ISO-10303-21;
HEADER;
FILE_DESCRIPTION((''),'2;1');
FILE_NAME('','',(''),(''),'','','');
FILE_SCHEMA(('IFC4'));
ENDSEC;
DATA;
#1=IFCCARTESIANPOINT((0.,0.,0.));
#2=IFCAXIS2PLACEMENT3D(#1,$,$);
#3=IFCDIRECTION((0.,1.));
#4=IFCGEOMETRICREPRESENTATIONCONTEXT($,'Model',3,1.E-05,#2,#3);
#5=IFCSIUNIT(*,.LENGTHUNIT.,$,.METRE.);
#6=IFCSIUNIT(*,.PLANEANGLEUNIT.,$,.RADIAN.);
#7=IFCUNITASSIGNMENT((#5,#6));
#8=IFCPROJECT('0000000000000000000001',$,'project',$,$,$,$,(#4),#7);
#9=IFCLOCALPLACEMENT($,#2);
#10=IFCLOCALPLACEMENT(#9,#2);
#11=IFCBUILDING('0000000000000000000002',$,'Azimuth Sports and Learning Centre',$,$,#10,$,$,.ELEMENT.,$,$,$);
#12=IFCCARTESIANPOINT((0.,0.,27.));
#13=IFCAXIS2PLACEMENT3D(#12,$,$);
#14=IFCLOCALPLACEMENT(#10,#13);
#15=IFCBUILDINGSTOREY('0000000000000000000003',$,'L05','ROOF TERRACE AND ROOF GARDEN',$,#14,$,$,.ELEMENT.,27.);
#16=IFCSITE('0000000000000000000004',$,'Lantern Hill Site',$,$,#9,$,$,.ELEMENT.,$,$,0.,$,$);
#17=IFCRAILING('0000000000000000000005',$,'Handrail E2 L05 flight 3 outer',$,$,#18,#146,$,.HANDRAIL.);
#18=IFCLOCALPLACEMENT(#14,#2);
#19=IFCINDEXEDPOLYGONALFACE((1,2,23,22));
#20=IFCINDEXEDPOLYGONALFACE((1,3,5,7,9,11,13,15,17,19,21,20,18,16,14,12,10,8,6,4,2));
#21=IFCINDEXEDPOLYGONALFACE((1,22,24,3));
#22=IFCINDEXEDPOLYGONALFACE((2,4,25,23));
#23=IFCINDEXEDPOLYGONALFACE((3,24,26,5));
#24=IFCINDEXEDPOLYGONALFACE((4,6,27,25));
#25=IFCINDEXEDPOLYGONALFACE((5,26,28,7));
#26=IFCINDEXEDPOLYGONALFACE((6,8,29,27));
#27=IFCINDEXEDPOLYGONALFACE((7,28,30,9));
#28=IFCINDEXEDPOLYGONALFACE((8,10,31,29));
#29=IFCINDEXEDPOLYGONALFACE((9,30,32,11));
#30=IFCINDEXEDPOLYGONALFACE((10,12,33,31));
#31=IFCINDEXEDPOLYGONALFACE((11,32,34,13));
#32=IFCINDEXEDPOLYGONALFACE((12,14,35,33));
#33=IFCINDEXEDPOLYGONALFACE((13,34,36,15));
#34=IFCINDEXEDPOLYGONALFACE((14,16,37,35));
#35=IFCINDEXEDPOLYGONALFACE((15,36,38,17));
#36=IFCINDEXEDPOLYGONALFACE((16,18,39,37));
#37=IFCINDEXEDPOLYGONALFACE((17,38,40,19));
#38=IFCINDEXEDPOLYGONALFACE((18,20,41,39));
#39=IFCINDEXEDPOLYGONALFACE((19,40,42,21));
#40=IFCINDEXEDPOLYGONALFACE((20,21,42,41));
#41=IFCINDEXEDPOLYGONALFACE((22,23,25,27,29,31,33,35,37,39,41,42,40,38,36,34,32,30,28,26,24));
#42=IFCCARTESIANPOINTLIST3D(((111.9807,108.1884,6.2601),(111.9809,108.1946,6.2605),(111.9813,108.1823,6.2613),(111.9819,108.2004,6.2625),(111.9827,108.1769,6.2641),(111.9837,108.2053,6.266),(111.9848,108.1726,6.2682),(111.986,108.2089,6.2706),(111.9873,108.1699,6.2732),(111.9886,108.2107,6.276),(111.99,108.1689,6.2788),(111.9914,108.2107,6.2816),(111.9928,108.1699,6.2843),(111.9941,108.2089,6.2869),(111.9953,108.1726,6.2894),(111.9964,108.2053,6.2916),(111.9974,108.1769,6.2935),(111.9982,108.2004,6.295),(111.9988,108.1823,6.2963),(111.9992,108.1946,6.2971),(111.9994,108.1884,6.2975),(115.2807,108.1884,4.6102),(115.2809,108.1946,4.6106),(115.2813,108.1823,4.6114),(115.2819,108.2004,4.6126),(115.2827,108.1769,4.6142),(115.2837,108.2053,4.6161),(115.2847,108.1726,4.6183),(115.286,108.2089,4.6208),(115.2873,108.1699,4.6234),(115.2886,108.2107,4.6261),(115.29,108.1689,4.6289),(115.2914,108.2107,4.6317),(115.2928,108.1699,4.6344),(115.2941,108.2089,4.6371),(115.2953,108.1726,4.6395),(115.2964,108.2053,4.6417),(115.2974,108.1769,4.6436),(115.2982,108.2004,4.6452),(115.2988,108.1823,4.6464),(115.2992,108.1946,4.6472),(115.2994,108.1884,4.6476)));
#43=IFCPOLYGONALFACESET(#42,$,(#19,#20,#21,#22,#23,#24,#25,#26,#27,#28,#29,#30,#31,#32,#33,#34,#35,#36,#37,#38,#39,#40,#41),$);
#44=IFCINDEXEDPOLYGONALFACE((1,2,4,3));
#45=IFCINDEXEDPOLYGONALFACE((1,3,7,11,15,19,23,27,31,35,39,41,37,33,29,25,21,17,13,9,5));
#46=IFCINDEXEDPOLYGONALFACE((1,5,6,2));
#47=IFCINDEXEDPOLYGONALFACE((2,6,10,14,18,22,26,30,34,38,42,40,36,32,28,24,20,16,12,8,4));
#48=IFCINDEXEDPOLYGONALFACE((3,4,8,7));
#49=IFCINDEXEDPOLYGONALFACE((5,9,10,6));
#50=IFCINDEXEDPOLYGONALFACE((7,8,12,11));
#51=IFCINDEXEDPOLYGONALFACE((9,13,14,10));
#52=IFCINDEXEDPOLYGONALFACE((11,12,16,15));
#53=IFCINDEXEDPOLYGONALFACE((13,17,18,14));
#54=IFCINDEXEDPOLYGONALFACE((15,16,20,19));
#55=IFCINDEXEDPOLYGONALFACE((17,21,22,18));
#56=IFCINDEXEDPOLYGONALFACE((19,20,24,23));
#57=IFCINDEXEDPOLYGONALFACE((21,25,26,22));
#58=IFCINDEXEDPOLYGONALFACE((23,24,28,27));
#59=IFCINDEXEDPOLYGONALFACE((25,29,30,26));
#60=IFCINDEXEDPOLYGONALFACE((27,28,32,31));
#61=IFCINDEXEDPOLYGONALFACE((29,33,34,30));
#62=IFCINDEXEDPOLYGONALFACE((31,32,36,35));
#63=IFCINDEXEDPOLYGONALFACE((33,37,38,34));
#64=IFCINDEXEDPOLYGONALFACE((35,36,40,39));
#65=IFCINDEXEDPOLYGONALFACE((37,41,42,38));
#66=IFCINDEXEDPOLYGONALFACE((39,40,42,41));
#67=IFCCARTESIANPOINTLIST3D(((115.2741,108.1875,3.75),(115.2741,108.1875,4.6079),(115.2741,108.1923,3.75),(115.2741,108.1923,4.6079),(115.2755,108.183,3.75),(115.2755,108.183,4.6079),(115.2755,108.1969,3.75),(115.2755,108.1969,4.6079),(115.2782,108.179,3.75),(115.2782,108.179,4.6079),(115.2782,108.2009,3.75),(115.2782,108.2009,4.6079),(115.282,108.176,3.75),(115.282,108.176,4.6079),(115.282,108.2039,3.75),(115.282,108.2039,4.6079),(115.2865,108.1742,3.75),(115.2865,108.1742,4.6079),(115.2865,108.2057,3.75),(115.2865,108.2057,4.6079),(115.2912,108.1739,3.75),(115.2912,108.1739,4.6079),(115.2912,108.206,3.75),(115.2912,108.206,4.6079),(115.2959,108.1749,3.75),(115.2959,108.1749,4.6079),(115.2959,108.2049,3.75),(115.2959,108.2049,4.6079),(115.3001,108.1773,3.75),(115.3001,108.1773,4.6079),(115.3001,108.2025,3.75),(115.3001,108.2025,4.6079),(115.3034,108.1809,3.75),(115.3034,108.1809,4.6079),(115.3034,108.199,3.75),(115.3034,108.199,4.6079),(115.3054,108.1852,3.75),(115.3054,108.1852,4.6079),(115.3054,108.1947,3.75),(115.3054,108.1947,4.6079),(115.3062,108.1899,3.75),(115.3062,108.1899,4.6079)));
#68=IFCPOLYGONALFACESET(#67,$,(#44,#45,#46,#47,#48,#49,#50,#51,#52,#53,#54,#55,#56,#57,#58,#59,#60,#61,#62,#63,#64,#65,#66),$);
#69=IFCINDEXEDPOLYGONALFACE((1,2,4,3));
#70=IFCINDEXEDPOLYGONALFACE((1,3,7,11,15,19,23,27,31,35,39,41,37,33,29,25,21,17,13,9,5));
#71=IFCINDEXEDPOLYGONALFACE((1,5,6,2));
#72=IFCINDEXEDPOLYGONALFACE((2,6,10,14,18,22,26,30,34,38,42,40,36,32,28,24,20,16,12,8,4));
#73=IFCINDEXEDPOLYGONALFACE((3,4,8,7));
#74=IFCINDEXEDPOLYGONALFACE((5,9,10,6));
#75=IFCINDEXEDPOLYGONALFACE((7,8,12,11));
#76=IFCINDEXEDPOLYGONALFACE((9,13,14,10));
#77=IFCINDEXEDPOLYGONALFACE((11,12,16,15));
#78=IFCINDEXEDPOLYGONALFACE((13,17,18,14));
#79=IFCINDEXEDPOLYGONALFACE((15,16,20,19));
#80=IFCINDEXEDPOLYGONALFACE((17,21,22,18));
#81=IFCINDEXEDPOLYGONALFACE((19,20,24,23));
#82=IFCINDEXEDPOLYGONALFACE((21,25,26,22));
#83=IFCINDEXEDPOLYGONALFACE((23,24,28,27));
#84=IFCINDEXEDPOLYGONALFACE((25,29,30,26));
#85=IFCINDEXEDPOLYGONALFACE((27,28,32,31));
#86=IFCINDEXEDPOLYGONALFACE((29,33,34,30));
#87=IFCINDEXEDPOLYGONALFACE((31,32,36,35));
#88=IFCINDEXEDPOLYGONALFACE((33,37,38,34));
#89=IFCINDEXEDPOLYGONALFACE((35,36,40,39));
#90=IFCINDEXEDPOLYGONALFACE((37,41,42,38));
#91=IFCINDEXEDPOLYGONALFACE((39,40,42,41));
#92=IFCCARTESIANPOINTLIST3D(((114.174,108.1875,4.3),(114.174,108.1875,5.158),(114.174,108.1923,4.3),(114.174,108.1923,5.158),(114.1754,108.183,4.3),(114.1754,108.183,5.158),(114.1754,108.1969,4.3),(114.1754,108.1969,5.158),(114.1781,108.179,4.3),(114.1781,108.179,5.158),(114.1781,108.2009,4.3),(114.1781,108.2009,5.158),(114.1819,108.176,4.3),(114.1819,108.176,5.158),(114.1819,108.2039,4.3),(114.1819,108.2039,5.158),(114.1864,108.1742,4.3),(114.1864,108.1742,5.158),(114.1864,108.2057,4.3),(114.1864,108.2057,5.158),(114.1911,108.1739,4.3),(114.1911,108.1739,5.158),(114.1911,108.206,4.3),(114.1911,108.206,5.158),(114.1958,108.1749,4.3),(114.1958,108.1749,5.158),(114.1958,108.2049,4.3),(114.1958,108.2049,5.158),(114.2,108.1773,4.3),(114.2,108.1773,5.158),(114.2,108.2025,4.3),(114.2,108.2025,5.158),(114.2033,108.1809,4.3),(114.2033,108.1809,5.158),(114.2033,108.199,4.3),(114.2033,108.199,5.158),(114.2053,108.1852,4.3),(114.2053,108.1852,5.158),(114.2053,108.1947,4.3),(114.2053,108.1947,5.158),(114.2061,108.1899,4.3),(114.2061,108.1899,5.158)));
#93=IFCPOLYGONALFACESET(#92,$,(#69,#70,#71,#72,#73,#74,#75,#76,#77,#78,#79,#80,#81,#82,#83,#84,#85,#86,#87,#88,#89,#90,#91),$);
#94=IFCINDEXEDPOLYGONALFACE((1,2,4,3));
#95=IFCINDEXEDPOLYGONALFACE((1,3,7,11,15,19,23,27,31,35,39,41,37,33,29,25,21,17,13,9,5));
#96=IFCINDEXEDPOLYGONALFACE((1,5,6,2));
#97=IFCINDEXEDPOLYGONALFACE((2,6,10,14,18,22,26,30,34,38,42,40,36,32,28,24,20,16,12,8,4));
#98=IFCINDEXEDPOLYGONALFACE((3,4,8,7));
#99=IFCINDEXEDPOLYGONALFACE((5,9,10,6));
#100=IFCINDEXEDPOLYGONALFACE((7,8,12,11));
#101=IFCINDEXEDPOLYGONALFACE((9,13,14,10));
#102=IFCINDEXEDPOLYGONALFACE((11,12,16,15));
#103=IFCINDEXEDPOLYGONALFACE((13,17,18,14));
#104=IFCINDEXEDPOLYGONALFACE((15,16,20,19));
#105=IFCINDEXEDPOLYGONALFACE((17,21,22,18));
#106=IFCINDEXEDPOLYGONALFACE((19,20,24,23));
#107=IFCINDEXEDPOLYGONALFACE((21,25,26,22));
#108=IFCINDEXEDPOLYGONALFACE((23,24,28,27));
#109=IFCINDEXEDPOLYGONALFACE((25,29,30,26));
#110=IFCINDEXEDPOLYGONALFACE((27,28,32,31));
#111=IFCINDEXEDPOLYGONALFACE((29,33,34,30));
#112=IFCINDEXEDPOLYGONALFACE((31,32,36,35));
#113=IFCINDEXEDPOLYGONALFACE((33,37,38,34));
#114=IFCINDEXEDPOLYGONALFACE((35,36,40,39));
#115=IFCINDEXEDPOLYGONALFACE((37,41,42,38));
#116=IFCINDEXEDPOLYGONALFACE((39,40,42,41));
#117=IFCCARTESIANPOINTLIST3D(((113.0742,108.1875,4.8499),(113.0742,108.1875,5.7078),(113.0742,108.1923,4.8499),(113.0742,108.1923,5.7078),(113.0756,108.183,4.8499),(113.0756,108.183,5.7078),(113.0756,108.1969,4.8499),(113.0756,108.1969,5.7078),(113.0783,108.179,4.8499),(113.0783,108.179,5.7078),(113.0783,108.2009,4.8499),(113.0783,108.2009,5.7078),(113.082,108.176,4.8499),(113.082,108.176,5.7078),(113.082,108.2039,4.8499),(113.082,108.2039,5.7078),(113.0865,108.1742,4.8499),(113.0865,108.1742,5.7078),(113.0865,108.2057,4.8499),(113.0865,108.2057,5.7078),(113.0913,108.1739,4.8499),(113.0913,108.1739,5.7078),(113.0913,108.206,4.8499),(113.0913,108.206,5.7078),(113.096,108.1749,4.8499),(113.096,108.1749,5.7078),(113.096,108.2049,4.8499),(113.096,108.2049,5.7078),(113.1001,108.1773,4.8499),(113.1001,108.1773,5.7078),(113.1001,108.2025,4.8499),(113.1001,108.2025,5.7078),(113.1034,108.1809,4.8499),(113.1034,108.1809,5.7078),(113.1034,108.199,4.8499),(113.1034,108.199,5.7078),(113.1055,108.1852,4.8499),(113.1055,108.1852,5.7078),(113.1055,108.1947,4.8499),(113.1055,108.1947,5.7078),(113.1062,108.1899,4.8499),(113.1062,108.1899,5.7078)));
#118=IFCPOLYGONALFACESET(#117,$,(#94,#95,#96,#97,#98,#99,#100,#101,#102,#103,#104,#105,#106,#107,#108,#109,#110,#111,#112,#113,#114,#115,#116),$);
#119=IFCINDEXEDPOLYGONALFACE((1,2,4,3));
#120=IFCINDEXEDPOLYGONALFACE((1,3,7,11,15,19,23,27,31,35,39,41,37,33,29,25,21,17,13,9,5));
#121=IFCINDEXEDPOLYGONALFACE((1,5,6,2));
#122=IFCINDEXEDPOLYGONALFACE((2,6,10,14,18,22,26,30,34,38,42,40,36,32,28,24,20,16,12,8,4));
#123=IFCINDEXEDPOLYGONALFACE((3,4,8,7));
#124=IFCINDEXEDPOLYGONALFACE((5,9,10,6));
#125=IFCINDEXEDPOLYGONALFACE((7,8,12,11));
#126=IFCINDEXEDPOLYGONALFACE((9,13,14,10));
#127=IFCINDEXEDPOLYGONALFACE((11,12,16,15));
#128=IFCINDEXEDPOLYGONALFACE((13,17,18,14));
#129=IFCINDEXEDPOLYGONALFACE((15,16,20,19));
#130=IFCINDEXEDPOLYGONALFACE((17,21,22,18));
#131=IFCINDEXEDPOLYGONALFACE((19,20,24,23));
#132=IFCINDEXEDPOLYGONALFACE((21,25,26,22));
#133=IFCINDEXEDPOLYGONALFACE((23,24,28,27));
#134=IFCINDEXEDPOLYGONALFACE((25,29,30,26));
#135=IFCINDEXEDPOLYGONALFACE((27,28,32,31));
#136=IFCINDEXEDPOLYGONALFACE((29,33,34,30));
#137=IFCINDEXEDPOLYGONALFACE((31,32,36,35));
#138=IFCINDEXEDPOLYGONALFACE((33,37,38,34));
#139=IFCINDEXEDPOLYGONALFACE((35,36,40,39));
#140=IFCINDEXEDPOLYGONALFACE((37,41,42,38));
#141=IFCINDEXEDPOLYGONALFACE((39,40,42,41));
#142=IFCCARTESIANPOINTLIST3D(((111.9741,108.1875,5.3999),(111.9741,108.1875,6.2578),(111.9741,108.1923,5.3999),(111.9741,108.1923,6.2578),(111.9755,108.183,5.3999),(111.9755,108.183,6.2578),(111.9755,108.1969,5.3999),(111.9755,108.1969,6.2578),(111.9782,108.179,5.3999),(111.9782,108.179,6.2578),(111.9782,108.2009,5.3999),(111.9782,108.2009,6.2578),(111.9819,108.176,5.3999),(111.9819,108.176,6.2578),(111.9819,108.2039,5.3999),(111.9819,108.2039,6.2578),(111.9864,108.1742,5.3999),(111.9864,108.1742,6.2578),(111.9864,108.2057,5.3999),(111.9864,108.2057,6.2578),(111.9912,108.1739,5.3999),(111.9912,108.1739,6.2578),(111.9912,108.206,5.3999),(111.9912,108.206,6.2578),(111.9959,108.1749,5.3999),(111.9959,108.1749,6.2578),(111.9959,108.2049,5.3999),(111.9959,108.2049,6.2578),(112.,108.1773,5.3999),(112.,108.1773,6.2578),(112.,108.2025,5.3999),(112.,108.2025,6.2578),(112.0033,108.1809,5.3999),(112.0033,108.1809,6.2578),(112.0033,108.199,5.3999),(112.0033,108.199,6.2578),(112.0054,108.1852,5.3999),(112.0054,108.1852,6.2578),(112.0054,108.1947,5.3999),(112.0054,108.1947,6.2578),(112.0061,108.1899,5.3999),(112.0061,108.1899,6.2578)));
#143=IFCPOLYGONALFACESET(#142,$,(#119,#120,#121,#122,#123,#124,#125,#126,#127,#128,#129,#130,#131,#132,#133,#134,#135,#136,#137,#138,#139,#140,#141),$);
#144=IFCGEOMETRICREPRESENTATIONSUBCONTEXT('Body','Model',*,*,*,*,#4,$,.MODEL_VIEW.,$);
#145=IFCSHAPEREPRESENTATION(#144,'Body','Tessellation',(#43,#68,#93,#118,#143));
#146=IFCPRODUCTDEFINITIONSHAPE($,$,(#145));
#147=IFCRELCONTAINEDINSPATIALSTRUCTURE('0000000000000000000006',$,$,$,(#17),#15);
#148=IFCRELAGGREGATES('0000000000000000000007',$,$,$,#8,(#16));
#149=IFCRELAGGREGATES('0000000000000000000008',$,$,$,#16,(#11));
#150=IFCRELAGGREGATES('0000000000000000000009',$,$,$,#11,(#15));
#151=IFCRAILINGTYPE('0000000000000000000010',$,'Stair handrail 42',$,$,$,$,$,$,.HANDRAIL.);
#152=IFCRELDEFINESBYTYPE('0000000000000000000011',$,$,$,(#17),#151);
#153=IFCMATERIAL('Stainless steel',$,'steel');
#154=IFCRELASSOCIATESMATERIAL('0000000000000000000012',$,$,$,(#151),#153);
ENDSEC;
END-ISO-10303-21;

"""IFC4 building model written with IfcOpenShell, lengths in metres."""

from ifc_helpers import new_model, si_unit, direction, frame, origin, origin_2d, place, context, subcontext, project, spatial, circle, extrude, material, type_object, element, save


model = new_model("IFC4")

# Units and contexts
model_context = context("Model", 3, precision=1e-05, world=origin(), true_north=direction((0.0, 1.0)))
body_context = subcontext(model_context, "Body", "Model", "MODEL_VIEW")
ifc_project = project(units=[si_unit("LENGTHUNIT", "METRE"), si_unit("PLANEANGLEUNIT", "RADIAN")], contexts=[model_context])

# Site, building, storey
site_placement = place(None, origin())
site = spatial("IfcSite", under=ifc_project, at=site_placement, Name="Lantern Hill Site", CompositionType="ELEMENT", RefElevation=0.0)
building_placement = place(site_placement, origin())
building = spatial("IfcBuilding", under=site, at=building_placement, Name="Azimuth Sports and Learning Centre", CompositionType="ELEMENT")
storey_placement = place(building_placement, frame((0.0, 0.0, 27.0)))
storey = spatial("IfcBuildingStorey", under=building, at=storey_placement, Name="L05", Description="ROOF TERRACE AND ROOF GARDEN", CompositionType="ELEMENT", Elevation=27.0)

# Railing
ifc_material_1 = material(Name="Stainless steel", Category="steel")
railing_type_1 = type_object("IfcRailingType", Name="Stair handrail 42", PredefinedType="HANDRAIL", material=ifc_material_1)
for number, where, name in (
    (1, (115.29, 108.1899, 3.75), "Handrail E2 L05 flight 3 outer"),
):
    element("IfcRailing", number, at=place(storey_placement, frame(where)), inside=storey, type_object=railing_type_1, Name=name, PredefinedType="HANDRAIL", context=body_context, shape_type="SweptSolid", body=[
        extrude(circle(Radius=0.021, at=origin_2d()), frame((0.0, 0.0, 0.8789), z_axis=(-0.89444, 0.0, 0.447187), x_axis=(0.0, -1.0, 0.0)), (0.0, 0.0, 1.0), 3.6895),
        extrude(circle(Radius=0.0161, at=origin_2d()), origin(), (0.0, 0.0, 1.0), 0.8579),
        extrude(circle(Radius=0.0161, at=origin_2d()), frame((-1.1001, 0.0, 0.55)), (0.0, 0.0, 1.0), 0.8579),
        extrude(circle(Radius=0.0161, at=origin_2d()), frame((-2.2, 0.0, 1.0999)), (0.0, 0.0, 1.0), 0.8579),
        extrude(circle(Radius=0.0161, at=origin_2d()), frame((-3.3, 0.0, 1.6499)), (0.0, 0.0, 1.0), 0.8579),
    ])

save(model, "model.ifc")
